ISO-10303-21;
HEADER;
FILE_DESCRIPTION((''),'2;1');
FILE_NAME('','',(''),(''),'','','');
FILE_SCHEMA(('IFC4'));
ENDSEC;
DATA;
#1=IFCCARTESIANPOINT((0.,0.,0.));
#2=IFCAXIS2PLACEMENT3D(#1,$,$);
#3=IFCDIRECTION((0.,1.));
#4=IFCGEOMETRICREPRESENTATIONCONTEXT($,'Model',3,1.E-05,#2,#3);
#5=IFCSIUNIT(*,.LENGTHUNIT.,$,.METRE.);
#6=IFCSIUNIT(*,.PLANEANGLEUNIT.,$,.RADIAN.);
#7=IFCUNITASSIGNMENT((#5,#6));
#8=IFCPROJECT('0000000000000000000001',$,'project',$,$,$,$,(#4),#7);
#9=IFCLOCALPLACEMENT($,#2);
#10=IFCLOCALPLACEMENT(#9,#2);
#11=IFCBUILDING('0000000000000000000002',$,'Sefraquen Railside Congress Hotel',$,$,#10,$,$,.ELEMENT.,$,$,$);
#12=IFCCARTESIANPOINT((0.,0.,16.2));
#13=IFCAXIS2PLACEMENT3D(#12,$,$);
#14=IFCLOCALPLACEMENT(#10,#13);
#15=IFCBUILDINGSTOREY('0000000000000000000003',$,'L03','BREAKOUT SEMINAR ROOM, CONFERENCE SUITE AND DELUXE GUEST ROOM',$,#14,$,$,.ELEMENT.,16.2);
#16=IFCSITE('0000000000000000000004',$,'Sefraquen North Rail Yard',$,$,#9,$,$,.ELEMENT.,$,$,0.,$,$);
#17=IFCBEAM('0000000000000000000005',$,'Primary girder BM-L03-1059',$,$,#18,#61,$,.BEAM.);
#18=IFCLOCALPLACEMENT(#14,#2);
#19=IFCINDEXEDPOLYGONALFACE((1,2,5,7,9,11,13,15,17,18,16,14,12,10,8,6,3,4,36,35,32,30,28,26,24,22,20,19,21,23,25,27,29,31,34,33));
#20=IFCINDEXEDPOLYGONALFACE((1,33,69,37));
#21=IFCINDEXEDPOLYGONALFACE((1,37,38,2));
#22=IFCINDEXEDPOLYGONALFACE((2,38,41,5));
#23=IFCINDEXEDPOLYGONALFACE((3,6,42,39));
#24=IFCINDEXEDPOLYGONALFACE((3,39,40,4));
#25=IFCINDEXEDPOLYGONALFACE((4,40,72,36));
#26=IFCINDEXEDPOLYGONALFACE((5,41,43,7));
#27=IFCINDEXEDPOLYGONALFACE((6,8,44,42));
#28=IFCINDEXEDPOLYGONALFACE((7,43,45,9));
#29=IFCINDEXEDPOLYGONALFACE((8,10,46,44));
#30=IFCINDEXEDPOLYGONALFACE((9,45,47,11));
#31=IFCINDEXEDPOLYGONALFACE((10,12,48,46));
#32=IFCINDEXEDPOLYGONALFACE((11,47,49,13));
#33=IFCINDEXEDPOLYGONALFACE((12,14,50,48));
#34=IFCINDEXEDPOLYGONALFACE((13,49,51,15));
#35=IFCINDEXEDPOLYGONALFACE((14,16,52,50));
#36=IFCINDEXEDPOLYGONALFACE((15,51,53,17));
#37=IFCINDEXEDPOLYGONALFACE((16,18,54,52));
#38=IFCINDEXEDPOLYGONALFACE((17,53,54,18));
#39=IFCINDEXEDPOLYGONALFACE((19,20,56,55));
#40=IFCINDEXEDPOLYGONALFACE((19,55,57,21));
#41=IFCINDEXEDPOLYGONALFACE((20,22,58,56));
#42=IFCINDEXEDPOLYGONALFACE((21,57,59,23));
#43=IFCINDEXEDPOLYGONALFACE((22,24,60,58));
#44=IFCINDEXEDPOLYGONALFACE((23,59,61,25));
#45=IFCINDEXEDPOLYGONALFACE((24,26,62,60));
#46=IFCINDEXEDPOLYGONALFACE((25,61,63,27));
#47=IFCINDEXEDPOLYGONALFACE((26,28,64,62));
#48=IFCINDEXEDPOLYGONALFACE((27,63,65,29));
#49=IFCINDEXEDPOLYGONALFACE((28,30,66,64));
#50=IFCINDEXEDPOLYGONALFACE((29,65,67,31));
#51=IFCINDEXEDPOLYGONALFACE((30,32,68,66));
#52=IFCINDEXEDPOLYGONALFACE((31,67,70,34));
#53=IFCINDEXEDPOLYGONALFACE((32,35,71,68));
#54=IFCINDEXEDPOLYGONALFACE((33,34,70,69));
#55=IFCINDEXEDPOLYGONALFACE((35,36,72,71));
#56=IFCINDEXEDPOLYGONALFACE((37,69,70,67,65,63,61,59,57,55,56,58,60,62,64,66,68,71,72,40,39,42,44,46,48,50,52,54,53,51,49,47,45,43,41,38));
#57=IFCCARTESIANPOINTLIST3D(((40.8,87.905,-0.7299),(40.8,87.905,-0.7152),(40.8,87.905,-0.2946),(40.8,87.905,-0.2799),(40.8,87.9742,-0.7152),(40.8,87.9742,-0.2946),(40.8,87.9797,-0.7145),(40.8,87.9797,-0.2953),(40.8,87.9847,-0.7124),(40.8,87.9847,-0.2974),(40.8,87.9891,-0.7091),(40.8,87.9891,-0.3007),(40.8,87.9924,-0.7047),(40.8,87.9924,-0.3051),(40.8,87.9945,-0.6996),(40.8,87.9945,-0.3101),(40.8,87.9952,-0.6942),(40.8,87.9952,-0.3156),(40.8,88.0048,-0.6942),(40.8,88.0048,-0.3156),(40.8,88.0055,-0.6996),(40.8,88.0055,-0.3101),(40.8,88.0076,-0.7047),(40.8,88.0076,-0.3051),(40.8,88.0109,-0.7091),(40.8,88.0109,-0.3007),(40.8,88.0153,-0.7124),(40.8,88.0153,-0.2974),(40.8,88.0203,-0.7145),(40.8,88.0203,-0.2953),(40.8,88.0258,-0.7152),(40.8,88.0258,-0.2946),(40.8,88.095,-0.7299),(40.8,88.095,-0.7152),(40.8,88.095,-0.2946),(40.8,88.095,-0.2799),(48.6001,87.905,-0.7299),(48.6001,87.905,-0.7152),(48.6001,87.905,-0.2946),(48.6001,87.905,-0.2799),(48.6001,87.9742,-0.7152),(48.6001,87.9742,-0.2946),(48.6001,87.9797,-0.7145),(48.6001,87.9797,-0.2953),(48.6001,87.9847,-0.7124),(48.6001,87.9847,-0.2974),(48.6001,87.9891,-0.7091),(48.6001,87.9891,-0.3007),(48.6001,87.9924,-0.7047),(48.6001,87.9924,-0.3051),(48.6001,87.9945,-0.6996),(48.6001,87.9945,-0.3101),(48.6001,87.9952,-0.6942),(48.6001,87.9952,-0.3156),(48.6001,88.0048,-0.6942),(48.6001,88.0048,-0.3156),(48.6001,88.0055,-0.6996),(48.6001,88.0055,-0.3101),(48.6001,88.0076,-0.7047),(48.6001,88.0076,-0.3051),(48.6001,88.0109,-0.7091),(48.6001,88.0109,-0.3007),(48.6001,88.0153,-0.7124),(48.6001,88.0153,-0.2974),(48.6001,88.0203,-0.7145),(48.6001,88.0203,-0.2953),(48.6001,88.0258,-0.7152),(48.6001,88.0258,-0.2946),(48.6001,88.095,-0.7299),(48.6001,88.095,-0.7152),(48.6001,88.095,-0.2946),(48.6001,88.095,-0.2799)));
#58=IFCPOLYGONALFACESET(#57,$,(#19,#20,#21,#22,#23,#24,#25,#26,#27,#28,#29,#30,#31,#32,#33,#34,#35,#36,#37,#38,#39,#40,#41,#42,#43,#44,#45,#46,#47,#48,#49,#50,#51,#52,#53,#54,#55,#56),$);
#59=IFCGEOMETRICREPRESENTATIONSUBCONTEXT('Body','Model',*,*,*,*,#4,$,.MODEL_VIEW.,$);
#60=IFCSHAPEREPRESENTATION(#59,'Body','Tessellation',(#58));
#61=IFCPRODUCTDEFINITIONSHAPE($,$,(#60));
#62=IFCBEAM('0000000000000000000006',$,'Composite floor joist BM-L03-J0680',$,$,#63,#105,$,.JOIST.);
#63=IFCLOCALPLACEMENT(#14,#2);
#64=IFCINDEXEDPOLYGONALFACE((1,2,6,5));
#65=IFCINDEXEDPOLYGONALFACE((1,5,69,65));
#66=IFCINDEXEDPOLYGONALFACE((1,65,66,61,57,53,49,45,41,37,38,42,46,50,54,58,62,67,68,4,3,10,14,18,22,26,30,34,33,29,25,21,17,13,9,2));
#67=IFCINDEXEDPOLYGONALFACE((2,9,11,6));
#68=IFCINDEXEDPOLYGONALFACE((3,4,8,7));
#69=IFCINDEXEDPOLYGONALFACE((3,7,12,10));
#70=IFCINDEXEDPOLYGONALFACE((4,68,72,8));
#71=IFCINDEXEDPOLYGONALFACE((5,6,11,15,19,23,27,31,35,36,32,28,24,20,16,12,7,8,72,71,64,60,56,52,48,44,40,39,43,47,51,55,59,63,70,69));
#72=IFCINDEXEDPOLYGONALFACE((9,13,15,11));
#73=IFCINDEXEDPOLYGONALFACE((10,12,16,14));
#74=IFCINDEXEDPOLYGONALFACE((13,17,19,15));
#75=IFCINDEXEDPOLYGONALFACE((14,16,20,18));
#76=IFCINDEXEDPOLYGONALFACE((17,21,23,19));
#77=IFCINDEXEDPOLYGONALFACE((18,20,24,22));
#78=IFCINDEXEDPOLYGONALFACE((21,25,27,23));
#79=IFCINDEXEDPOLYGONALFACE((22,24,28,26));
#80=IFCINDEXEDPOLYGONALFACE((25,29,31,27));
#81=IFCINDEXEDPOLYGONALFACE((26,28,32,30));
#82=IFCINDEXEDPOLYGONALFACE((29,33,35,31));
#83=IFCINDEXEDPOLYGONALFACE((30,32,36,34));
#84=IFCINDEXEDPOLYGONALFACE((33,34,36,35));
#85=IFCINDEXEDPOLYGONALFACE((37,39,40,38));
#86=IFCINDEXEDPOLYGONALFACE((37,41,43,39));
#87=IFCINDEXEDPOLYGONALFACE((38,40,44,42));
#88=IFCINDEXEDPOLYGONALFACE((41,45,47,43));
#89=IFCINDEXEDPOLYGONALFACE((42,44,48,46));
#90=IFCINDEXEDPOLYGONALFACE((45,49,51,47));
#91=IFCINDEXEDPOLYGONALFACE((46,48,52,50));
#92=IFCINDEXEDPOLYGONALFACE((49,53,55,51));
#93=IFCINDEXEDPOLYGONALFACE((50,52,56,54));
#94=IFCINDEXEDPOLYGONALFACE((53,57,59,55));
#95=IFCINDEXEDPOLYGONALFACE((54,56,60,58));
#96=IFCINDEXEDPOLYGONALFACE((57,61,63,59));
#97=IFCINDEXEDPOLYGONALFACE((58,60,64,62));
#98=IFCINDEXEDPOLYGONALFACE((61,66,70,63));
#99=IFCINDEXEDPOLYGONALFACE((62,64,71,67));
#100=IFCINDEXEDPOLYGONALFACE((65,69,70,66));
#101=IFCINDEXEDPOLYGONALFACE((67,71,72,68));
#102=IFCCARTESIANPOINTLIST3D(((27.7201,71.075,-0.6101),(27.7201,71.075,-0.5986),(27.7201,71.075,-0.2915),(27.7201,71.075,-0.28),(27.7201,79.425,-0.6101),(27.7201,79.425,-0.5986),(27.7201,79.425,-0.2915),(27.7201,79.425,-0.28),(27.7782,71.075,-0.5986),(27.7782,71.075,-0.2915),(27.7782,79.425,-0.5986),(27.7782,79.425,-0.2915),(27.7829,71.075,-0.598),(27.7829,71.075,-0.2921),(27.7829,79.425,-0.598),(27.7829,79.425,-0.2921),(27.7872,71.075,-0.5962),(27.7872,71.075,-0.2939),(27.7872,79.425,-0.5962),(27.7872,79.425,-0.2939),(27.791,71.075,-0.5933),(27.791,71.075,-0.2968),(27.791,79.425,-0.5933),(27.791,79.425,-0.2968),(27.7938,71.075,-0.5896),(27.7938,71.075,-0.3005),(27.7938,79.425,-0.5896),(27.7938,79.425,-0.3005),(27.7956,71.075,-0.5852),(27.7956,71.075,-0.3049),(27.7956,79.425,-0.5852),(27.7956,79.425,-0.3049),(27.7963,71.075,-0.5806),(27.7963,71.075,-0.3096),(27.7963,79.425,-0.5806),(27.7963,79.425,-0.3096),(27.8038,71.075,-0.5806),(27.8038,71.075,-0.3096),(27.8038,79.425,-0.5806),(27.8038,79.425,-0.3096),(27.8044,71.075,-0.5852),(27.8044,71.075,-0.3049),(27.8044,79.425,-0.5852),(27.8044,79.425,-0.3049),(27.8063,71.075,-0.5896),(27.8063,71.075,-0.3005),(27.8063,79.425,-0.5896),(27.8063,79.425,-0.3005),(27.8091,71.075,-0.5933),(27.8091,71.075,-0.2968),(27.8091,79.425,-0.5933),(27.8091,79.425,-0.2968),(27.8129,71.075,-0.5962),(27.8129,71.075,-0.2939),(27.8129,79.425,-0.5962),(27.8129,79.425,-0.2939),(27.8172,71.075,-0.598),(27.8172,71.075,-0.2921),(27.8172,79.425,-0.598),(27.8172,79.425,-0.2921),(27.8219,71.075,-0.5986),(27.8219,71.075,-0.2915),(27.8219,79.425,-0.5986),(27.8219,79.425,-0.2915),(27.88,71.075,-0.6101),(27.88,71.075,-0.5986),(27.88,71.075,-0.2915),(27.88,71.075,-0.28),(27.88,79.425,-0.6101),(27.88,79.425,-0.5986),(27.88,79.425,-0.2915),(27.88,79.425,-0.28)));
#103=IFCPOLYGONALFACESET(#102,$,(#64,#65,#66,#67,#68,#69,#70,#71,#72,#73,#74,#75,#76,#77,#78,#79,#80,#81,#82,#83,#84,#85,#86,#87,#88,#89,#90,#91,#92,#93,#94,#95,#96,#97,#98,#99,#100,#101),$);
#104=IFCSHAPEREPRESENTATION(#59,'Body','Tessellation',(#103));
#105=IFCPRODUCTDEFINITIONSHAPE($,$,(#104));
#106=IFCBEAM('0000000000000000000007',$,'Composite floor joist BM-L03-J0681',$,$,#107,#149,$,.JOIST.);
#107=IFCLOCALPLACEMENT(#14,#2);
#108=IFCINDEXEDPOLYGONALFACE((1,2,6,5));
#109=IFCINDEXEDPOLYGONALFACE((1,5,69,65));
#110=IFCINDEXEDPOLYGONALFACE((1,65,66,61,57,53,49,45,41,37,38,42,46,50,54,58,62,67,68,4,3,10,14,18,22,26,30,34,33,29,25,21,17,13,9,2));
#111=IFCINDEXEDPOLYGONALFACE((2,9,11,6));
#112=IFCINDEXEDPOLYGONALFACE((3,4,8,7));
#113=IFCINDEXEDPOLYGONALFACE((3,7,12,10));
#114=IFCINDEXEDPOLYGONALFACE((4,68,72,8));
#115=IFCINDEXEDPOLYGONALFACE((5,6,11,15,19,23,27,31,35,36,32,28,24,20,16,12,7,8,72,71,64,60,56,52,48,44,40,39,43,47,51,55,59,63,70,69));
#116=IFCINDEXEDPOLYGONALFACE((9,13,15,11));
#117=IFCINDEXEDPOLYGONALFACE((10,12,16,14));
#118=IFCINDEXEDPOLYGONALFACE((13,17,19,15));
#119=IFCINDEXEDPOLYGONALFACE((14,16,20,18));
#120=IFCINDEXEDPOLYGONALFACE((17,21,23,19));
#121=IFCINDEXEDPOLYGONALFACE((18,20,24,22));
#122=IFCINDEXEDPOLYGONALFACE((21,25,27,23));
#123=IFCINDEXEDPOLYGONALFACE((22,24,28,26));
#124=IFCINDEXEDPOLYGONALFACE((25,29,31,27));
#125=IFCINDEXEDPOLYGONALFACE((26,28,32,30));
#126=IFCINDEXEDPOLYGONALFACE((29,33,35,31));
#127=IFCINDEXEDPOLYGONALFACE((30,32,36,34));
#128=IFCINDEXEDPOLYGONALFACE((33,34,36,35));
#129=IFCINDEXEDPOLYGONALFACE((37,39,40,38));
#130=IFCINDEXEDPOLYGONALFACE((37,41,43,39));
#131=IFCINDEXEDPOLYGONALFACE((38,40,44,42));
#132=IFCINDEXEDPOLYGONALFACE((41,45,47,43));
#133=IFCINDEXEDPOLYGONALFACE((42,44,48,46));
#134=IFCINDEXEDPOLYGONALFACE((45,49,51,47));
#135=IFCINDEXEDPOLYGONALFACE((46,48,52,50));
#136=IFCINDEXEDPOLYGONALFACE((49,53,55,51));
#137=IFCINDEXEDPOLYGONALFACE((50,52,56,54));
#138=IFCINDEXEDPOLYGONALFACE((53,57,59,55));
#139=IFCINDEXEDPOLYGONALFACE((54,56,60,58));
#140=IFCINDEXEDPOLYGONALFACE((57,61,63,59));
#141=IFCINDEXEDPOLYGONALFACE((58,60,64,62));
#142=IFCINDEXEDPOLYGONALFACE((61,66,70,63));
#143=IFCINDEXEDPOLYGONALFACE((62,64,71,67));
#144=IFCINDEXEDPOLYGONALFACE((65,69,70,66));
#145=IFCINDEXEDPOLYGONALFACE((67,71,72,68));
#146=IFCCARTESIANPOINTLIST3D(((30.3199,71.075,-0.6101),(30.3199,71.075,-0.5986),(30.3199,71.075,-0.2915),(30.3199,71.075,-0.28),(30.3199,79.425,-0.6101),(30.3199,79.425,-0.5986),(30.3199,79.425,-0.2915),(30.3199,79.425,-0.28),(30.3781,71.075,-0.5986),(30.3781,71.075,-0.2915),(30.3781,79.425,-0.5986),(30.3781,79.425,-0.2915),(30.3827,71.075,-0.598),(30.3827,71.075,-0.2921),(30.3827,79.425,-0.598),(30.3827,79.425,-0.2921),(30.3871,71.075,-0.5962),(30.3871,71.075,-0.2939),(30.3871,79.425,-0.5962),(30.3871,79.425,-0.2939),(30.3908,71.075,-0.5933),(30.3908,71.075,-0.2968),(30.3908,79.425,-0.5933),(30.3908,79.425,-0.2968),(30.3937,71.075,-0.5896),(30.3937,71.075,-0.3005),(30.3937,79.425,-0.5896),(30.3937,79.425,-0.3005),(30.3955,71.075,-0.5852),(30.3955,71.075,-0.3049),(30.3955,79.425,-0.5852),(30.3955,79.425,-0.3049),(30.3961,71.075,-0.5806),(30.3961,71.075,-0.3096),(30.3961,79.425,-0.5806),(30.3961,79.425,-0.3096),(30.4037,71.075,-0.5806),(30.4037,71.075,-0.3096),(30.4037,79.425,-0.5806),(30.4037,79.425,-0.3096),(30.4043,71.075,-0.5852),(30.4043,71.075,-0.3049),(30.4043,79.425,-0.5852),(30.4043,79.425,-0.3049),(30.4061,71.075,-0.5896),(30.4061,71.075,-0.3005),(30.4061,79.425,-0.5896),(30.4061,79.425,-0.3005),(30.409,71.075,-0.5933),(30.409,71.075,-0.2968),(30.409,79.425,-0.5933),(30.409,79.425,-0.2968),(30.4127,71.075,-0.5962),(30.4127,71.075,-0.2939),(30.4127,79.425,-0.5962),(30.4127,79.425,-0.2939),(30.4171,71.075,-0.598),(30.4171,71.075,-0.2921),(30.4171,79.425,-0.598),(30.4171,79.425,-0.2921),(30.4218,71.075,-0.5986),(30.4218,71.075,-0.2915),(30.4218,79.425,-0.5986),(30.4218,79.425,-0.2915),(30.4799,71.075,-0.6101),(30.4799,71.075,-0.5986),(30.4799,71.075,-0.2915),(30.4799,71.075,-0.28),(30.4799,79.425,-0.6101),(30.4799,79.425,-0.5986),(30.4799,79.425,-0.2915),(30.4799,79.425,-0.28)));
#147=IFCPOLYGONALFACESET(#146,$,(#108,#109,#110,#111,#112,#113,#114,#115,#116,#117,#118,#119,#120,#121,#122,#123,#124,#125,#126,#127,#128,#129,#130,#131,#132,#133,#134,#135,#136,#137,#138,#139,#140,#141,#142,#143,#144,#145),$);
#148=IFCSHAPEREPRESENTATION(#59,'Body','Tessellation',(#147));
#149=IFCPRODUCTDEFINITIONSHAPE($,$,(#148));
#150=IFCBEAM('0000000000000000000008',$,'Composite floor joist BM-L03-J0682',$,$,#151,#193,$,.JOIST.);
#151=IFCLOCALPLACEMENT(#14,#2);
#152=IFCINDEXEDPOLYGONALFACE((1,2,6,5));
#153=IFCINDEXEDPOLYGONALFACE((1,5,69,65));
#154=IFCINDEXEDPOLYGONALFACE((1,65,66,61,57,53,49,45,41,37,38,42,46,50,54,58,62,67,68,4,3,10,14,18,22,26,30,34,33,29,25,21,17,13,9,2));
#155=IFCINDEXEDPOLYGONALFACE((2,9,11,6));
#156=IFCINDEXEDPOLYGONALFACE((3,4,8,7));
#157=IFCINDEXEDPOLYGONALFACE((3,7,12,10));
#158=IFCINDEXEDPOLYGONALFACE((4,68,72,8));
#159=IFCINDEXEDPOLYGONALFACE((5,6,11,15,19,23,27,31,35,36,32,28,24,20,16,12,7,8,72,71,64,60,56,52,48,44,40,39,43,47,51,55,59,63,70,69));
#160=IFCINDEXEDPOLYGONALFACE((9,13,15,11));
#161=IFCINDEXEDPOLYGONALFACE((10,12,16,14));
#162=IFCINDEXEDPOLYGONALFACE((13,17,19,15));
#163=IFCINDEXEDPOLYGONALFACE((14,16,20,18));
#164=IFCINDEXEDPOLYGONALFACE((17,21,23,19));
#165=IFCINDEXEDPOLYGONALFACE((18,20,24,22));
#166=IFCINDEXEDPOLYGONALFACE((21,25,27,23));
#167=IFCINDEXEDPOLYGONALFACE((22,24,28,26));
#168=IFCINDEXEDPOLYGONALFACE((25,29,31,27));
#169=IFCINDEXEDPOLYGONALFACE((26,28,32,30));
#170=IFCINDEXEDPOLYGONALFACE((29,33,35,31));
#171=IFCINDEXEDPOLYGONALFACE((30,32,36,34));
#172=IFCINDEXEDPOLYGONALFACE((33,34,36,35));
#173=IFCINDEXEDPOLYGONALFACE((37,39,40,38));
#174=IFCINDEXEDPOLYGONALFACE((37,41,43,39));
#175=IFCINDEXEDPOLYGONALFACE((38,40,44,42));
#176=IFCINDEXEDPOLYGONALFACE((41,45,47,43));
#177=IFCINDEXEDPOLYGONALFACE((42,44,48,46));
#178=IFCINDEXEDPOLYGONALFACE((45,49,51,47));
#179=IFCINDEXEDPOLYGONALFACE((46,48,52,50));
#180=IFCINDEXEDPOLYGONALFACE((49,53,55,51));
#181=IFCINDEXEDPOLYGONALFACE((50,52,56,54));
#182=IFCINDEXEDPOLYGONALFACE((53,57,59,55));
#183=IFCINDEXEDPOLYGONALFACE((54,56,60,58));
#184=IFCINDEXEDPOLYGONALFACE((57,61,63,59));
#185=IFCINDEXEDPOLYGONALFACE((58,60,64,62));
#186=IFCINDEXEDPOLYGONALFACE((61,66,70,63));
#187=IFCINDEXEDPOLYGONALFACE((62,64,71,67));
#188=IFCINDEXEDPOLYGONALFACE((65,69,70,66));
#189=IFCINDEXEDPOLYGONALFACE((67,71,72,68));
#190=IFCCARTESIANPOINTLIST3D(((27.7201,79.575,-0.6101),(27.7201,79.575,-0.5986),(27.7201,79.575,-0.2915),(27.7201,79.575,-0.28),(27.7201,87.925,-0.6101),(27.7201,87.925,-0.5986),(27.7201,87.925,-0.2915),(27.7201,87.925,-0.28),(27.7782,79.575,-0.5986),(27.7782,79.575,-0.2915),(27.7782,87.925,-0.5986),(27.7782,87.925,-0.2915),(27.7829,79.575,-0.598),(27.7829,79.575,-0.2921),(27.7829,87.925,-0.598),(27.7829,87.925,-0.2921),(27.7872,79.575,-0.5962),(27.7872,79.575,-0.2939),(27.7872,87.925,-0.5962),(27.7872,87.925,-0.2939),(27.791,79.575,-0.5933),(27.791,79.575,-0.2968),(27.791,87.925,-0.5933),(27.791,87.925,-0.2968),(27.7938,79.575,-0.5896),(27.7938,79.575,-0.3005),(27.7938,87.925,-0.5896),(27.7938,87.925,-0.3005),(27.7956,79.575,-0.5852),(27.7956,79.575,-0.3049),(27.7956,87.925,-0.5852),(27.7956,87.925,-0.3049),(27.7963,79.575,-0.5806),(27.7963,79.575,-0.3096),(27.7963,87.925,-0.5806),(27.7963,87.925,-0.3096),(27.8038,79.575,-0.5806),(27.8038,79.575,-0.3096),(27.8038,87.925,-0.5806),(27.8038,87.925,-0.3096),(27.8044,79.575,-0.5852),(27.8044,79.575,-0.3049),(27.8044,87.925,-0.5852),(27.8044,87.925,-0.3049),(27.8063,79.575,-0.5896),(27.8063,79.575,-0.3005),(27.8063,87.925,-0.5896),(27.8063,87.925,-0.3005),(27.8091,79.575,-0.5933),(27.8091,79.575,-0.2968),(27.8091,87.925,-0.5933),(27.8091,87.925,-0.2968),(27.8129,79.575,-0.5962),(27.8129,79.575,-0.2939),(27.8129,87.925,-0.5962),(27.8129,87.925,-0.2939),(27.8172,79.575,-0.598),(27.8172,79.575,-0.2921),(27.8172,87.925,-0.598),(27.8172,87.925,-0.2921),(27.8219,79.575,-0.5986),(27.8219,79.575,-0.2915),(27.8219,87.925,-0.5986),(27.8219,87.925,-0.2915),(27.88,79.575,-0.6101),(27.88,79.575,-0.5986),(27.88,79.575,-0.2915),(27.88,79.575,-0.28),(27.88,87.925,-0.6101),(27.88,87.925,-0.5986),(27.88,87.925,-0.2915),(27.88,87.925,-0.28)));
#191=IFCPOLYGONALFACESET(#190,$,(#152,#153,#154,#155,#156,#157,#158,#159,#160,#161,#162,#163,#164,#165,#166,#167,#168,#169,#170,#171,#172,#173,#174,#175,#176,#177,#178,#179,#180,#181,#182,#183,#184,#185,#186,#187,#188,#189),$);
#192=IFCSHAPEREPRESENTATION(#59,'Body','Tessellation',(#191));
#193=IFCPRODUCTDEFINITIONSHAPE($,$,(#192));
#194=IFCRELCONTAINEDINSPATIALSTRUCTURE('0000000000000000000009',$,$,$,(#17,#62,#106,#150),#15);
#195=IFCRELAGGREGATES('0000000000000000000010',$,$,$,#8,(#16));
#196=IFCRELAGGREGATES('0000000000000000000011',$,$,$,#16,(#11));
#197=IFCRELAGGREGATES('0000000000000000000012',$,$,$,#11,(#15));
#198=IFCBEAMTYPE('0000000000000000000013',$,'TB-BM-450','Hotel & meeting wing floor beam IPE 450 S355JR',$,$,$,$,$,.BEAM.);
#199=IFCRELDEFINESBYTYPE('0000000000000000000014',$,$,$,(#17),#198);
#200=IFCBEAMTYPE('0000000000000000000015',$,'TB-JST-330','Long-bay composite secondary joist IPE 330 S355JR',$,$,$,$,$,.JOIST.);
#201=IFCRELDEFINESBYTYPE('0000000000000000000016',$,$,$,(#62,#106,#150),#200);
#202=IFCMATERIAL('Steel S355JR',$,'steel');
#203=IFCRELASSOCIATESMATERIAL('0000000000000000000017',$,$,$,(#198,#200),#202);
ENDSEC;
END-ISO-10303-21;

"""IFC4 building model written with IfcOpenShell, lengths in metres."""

from ifc_helpers import new_model, si_unit, direction, frame, origin, origin_2d, place, context, subcontext, project, spatial, i_section, extrude, material, material_profile, profile_set, type_object, element, save


model = new_model("IFC4")

# Units and contexts
model_context = context("Model", 3, precision=1e-05, world=origin(), true_north=direction((0.0, 1.0)))
body_context = subcontext(model_context, "Body", "Model", "MODEL_VIEW")
ifc_project = project(units=[si_unit("LENGTHUNIT", "METRE"), si_unit("PLANEANGLEUNIT", "RADIAN")], contexts=[model_context])

# Site, building, storey
site_placement = place(None, origin())
site = spatial("IfcSite", under=ifc_project, at=site_placement, Name="Sefraquen North Rail Yard", CompositionType="ELEMENT", RefElevation=0.0)
building_placement = place(site_placement, origin())
building = spatial("IfcBuilding", under=site, at=building_placement, Name="Sefraquen Railside Congress Hotel", CompositionType="ELEMENT")
storey_placement = place(building_placement, frame((0.0, 0.0, 16.2)))
storey = spatial("IfcBuildingStorey", under=building, at=storey_placement, Name="L03", Description="BREAKOUT SEMINAR ROOM, CONFERENCE SUITE AND DELUXE GUEST ROOM", CompositionType="ELEMENT", Elevation=16.2)

# Shared definitions
ifc_material_1 = material(Name="Steel S355JR", Category="steel")

# Beams
ifc_material_profile_1 = material_profile(ifc_material_1, i_section(OverallWidth=0.1899, OverallDepth=0.45, WebThickness=0.0095, FlangeThickness=0.0146, FilletRadius=0.021, at=origin_2d()), Name="IPE 450")
ifc_profile_set_1 = profile_set([ifc_material_profile_1], Name="Steel S355JR")
beam_type_1 = type_object("IfcBeamType", Name="TB-BM-450", Description="Hotel & meeting wing floor beam IPE 450 S355JR", PredefinedType="BEAM", material=ifc_profile_set_1)
for number, where, z_axis, x_axis, name in (
    (1, (40.8, 88.0, -0.5049), (1.0, 0.0, 0.0), (0.0, 1.0, 0.0), "Primary girder BM-L03-1059"),
):
    element("IfcBeam", number, at=place(storey_placement, frame(where, z_axis=z_axis, x_axis=x_axis)), inside=storey, type_object=beam_type_1, Name=name, PredefinedType="BEAM", context=body_context, shape_type="SweptSolid", body=[
        extrude(i_section(OverallWidth=0.1899, OverallDepth=0.45, WebThickness=0.0095, FlangeThickness=0.0146, FilletRadius=0.021, at=origin_2d()), origin(), (0.0, 0.0, 1.0), 7.8),
    ])
ifc_material_profile_2 = material_profile(ifc_material_1, i_section(OverallWidth=0.1599, OverallDepth=0.3301, WebThickness=0.0076, FlangeThickness=0.0115, FilletRadius=0.0181, at=origin_2d()), Name="IPE 330")
ifc_profile_set_2 = profile_set([ifc_material_profile_2], Name="Steel S355JR")
beam_type_2 = type_object("IfcBeamType", Name="TB-JST-330", Description="Long-bay composite secondary joist IPE 330 S355JR", PredefinedType="JOIST", material=ifc_profile_set_2)
for number, where, z_axis, x_axis, name in (
    (2, (27.8, 71.075, -0.4451), (0.0, 1.0, 0.0), (-1.0, 0.0, 0.0), "Composite floor joist BM-L03-J0680"),
    (3, (30.3999, 71.075, -0.4451), (0.0, 1.0, 0.0), (-1.0, 0.0, 0.0), "Composite floor joist BM-L03-J0681"),
    (4, (27.8, 79.575, -0.4451), (0.0, 1.0, 0.0), (-1.0, 0.0, 0.0), "Composite floor joist BM-L03-J0682"),
):
    element("IfcBeam", number, at=place(storey_placement, frame(where, z_axis=z_axis, x_axis=x_axis)), inside=storey, type_object=beam_type_2, Name=name, PredefinedType="JOIST", context=body_context, shape_type="SweptSolid", body=[
        extrude(i_section(OverallWidth=0.1599, OverallDepth=0.3301, WebThickness=0.0076, FlangeThickness=0.0115, FilletRadius=0.0181, at=origin_2d()), origin(), (0.0, 0.0, 1.0), 8.3501),
    ])

save(model, "model.ifc")
